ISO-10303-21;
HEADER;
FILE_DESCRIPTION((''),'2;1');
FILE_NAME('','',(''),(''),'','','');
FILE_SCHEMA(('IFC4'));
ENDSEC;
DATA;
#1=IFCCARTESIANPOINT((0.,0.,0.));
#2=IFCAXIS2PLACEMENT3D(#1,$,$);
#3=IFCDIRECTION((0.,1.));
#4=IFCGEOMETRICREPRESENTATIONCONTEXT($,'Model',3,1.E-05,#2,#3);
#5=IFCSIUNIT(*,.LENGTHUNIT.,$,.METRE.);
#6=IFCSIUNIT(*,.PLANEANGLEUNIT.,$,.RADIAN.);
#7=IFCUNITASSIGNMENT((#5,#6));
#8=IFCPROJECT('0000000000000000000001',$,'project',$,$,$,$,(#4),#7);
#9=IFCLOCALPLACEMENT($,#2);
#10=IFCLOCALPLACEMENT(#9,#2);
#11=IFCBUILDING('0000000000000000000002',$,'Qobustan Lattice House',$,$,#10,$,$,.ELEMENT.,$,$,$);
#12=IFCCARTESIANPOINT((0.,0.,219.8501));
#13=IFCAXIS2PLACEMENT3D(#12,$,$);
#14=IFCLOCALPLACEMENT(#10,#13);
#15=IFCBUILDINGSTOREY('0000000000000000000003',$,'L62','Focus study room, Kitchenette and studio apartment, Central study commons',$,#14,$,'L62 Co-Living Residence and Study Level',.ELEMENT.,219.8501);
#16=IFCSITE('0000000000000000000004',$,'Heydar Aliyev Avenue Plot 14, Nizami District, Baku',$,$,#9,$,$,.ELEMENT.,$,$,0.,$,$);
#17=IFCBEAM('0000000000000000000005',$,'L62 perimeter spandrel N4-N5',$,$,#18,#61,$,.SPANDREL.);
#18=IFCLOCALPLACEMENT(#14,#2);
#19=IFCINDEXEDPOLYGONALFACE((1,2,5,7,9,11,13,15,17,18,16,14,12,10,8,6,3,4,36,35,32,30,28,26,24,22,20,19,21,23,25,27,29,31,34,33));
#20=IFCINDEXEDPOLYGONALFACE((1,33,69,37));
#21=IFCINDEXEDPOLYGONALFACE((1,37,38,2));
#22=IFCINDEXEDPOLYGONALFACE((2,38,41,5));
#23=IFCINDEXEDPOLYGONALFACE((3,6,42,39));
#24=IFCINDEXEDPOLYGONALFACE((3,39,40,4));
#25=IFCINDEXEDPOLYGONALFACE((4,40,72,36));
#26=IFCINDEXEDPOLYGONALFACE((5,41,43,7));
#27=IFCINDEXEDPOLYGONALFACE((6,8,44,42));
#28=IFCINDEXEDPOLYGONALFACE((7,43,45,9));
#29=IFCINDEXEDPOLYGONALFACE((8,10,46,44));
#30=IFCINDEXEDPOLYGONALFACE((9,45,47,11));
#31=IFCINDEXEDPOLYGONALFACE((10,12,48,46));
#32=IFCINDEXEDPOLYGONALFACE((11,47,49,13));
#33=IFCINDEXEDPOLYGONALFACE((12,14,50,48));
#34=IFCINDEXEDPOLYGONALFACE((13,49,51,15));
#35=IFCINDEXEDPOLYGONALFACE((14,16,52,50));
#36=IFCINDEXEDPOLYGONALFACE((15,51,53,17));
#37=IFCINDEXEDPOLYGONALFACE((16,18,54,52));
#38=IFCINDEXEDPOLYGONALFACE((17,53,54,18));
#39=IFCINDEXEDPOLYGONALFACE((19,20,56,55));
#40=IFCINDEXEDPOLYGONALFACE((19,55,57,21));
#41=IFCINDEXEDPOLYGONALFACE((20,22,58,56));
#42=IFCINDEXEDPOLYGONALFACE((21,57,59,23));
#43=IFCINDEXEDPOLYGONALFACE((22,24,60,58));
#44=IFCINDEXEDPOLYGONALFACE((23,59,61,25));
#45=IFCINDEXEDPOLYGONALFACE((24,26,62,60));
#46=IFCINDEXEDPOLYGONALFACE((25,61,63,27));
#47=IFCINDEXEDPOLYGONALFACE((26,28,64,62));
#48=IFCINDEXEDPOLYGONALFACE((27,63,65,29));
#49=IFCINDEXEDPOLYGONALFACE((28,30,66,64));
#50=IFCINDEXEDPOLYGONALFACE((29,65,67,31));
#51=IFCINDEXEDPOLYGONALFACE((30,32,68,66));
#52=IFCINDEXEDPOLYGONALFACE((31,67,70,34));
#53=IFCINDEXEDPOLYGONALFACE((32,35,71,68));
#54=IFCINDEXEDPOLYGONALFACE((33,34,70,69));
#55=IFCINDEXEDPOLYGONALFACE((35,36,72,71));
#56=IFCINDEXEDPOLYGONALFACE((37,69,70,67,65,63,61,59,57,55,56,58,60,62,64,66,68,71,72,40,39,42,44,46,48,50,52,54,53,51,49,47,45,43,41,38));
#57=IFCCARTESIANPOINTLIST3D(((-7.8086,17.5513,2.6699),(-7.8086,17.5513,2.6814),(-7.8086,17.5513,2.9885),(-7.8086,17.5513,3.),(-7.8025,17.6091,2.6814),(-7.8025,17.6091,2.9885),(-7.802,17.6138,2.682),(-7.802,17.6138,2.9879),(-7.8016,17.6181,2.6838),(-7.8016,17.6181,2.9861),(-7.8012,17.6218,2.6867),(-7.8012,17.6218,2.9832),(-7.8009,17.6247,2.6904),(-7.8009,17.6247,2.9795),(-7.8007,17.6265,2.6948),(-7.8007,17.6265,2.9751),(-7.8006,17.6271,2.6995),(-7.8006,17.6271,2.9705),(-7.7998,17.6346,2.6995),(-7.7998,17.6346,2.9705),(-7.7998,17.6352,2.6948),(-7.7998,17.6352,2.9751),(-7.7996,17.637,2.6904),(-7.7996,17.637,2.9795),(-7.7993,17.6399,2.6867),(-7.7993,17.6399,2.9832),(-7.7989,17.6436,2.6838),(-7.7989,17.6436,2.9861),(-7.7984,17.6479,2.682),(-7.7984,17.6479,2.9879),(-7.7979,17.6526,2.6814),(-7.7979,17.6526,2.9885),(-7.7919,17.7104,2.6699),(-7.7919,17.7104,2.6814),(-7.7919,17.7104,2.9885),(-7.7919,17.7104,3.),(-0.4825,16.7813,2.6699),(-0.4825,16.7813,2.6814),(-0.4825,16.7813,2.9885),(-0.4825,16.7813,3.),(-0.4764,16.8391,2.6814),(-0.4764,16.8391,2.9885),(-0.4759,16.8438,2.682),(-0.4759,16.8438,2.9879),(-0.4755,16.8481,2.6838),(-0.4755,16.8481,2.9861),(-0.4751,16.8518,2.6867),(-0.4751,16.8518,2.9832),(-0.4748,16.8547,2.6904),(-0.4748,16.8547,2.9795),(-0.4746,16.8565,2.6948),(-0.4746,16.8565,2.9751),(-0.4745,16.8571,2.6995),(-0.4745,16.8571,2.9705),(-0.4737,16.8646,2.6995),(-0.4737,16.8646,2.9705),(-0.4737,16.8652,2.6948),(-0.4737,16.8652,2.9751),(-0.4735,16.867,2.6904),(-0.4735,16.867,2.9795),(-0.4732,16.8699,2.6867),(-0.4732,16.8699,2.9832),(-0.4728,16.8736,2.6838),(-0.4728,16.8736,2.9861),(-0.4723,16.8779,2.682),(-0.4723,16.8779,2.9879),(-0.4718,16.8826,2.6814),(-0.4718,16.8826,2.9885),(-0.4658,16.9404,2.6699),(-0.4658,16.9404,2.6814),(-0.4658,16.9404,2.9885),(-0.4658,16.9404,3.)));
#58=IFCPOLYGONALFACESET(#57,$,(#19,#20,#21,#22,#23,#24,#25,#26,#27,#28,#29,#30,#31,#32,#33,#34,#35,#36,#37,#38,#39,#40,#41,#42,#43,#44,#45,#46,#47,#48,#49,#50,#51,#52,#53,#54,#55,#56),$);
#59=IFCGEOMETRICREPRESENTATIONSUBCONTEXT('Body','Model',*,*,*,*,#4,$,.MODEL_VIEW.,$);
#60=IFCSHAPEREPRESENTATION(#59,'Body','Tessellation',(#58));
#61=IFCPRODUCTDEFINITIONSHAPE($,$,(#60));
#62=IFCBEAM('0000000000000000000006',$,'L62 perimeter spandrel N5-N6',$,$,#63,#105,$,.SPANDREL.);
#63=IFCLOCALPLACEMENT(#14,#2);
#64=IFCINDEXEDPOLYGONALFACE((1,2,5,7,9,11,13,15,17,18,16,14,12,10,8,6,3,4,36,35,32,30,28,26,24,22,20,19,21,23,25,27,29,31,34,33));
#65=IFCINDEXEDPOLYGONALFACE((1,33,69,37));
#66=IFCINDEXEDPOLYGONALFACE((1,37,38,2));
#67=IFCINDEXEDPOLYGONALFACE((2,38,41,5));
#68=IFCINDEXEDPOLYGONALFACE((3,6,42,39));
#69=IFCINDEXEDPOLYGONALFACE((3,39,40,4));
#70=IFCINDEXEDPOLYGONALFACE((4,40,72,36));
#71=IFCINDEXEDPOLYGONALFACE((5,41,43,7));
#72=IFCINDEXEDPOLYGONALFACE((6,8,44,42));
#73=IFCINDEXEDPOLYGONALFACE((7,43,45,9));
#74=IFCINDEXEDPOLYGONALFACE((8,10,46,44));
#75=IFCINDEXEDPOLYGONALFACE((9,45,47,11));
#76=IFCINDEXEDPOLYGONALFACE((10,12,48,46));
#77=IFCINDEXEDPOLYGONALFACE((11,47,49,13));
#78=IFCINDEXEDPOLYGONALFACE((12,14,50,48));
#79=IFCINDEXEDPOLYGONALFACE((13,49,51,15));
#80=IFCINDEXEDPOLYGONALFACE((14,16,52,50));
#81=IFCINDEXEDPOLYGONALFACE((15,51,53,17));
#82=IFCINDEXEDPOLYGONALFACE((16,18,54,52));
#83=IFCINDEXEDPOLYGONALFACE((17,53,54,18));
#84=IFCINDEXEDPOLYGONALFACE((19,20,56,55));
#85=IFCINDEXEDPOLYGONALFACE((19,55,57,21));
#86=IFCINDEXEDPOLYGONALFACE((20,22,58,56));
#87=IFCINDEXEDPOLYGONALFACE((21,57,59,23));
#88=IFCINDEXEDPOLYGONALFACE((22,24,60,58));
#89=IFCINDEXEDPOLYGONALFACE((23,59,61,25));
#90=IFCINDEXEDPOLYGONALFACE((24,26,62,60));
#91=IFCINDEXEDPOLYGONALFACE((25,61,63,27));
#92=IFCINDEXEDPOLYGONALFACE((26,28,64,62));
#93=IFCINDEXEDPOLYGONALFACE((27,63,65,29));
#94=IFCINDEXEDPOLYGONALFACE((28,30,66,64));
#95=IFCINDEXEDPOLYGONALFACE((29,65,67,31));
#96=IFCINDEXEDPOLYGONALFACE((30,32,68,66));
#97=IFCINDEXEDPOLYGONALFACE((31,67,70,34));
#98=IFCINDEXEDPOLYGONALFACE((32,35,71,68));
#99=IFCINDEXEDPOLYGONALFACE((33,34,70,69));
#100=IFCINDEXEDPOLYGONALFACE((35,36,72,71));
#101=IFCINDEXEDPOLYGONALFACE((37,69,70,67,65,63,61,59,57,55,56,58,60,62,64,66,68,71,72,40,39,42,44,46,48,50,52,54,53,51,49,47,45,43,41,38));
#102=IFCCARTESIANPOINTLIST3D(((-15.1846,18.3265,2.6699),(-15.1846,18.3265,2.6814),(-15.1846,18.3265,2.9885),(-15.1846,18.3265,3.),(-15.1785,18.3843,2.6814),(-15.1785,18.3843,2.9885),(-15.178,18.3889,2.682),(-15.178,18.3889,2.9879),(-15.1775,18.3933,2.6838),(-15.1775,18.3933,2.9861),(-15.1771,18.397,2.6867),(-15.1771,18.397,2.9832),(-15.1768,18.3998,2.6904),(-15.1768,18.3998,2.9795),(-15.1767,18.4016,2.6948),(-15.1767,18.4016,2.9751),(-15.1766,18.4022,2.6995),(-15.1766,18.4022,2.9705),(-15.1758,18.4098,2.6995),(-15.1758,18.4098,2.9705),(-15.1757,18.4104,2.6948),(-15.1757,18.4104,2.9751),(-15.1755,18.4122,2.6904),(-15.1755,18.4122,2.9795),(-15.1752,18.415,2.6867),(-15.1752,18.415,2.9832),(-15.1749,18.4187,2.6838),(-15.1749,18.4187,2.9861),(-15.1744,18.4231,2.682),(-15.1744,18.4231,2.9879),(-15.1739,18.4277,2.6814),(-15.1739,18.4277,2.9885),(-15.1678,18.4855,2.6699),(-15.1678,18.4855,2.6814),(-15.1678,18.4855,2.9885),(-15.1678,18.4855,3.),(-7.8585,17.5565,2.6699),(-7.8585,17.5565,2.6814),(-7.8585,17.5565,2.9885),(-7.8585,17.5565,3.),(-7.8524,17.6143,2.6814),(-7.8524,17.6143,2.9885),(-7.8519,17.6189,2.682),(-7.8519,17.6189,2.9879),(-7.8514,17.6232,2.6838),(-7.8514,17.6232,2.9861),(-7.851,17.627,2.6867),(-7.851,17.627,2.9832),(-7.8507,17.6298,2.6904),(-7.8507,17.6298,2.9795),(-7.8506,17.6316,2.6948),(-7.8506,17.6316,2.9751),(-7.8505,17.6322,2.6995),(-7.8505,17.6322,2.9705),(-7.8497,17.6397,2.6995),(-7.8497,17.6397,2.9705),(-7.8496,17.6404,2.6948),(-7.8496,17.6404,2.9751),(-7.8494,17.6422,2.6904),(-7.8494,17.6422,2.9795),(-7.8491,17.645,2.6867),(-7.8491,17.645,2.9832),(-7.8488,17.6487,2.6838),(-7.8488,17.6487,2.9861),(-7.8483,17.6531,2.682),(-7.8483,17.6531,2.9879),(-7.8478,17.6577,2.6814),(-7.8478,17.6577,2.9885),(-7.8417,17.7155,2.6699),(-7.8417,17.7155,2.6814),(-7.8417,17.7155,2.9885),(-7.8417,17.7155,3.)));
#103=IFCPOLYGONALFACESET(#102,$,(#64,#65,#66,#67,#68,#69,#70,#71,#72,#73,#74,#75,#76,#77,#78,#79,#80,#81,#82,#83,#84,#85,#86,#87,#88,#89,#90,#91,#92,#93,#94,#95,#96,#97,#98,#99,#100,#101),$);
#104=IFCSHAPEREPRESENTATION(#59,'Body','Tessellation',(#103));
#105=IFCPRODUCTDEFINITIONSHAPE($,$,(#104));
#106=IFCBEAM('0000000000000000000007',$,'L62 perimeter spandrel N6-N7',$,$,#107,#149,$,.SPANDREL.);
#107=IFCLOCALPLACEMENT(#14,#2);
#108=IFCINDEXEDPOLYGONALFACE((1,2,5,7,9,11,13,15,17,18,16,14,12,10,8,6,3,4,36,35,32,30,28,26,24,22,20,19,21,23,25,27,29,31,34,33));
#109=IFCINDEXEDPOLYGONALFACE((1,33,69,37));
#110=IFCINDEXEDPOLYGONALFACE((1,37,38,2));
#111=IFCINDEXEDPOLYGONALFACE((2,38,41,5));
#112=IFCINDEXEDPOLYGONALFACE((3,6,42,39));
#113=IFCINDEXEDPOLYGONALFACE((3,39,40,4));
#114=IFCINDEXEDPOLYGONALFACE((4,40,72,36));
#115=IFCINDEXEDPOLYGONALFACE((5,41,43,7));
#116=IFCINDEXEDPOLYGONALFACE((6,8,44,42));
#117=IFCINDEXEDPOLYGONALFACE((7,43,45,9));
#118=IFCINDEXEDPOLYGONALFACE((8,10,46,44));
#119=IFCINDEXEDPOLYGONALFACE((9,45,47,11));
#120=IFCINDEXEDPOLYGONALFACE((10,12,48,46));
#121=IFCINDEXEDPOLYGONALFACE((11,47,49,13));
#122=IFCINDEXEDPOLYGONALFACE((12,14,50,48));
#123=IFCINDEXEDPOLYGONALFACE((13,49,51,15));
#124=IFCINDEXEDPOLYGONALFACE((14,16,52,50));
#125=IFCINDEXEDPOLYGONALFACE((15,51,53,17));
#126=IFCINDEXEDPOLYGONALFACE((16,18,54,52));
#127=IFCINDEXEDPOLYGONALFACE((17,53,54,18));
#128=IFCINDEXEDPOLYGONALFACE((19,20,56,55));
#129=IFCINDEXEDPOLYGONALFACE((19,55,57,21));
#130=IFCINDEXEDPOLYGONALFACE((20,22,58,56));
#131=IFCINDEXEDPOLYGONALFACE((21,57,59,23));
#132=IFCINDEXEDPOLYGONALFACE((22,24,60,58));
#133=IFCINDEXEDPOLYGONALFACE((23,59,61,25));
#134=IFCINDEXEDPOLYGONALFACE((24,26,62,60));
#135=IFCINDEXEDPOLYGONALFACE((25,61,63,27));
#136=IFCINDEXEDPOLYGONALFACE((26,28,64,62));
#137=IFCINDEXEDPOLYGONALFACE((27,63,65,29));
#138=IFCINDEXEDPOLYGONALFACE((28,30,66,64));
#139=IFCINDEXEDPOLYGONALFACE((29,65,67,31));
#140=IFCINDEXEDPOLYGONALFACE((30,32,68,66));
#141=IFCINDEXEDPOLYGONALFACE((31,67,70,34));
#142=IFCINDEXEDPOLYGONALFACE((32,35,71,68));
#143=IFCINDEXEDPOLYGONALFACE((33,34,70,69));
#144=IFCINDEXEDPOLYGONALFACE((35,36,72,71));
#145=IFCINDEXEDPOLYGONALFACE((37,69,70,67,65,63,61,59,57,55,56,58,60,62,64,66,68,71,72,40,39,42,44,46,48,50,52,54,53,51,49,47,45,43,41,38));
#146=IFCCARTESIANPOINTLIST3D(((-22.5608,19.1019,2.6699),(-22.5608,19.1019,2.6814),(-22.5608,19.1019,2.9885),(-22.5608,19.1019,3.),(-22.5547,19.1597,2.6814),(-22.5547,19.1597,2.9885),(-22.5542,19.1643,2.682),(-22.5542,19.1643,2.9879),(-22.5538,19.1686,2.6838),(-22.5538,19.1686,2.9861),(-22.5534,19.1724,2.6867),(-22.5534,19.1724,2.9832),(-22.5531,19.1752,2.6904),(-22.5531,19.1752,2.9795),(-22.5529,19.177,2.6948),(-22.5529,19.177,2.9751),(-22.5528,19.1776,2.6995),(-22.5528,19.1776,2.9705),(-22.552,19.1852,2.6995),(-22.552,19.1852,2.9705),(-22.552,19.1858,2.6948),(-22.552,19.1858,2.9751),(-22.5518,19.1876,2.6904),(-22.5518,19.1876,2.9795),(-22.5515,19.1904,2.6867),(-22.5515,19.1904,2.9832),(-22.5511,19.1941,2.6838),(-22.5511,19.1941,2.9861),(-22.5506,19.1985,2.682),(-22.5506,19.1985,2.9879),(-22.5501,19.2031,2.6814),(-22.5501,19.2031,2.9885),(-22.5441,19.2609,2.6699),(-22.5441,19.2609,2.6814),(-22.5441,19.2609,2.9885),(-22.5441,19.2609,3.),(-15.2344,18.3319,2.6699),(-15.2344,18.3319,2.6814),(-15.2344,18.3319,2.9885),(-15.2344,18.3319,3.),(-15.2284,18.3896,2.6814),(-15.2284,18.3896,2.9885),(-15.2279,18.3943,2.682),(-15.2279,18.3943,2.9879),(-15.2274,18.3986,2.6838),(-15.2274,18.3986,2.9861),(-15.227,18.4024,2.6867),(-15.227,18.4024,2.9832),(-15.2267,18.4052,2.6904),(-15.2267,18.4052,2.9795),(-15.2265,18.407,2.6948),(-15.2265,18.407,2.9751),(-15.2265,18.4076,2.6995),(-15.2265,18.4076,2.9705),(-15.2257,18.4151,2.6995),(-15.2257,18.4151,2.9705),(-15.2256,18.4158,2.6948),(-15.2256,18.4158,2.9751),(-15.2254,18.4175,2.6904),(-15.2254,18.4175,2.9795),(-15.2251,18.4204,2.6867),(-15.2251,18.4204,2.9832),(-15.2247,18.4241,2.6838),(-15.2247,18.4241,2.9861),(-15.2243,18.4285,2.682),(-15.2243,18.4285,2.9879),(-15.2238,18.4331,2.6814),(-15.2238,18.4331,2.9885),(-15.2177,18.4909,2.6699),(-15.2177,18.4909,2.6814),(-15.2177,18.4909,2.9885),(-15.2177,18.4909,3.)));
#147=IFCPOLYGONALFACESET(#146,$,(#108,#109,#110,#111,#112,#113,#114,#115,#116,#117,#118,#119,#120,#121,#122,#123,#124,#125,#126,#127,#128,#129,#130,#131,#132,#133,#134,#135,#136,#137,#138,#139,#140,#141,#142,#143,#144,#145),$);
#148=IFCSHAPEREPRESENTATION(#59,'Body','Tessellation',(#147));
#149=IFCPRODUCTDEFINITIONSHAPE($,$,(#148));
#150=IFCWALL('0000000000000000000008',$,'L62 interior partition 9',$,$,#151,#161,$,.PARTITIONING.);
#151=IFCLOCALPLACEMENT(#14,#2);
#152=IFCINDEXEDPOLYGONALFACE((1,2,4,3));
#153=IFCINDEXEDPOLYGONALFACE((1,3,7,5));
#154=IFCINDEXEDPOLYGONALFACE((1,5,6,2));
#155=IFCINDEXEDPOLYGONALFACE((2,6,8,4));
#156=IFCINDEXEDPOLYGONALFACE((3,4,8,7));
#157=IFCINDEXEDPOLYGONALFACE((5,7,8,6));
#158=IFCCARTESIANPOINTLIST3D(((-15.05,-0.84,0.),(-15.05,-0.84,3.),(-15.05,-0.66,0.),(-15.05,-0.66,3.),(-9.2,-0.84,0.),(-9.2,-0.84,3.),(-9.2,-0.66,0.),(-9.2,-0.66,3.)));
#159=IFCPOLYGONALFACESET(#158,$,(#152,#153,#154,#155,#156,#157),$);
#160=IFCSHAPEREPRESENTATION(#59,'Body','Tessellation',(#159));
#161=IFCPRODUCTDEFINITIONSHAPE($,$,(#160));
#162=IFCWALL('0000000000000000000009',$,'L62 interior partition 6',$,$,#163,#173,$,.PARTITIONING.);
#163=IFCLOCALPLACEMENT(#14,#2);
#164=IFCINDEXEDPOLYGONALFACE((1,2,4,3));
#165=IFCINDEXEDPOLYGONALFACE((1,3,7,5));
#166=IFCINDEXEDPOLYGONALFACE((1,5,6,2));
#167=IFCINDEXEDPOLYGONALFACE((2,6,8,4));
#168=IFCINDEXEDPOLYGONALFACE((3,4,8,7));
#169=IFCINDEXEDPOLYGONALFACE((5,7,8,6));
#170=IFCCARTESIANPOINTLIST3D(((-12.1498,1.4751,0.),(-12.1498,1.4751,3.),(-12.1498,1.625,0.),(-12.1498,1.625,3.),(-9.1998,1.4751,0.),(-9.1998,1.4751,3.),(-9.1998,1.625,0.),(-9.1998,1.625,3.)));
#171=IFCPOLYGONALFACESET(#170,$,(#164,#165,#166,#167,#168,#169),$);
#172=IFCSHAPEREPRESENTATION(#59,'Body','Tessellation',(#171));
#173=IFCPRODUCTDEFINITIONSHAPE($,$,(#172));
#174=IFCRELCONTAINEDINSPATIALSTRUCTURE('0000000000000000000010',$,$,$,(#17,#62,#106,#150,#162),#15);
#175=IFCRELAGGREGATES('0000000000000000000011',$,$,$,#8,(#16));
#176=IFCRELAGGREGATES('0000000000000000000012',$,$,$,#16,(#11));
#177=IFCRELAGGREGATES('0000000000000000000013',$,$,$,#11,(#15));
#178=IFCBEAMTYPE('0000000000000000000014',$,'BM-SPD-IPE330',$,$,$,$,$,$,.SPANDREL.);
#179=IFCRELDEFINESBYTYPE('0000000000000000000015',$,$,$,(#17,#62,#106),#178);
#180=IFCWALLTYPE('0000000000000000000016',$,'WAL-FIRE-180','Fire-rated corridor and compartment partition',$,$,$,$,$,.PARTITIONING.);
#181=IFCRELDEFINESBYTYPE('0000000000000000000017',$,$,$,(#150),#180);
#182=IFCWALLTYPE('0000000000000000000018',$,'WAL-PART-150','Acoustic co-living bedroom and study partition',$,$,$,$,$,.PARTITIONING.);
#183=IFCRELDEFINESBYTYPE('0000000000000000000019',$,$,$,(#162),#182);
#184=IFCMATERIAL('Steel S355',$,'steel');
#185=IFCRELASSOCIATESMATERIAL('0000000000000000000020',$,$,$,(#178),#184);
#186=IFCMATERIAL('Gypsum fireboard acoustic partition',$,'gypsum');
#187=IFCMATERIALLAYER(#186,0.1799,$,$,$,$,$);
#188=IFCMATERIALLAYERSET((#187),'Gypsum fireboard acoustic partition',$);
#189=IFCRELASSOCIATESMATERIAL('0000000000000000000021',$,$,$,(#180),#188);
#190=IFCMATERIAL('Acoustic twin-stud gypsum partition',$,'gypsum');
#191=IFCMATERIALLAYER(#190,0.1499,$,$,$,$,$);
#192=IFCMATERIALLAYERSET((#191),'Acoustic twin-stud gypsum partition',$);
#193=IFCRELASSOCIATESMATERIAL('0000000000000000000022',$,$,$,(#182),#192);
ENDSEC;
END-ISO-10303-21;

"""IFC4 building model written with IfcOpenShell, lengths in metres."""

from ifc_helpers import new_model, si_unit, direction, frame, frame_2d, origin, origin_2d, place, context, subcontext, project, spatial, rectangle, i_section, extrude, material, layer, layer_set, material_profile, profile_set, type_object, element, save


model = new_model("IFC4")

# Units and contexts
model_context = context("Model", 3, precision=1e-05, world=origin(), true_north=direction((0.0, 1.0)))
body_context = subcontext(model_context, "Body", "Model", "MODEL_VIEW")
ifc_project = project(units=[si_unit("LENGTHUNIT", "METRE"), si_unit("PLANEANGLEUNIT", "RADIAN")], contexts=[model_context])

# Site, building, storey
site_placement = place(None, origin())
site = spatial("IfcSite", under=ifc_project, at=site_placement, Name="Heydar Aliyev Avenue Plot 14, Nizami District, Baku", CompositionType="ELEMENT", RefElevation=0.0)
building_placement = place(site_placement, origin())
building = spatial("IfcBuilding", under=site, at=building_placement, Name="Qobustan Lattice House", CompositionType="ELEMENT")
storey_placement = place(building_placement, frame((0.0, 0.0, 219.8501)))
storey = spatial("IfcBuildingStorey", under=building, at=storey_placement, Name="L62", Description="Focus study room, Kitchenette and studio apartment, Central study commons", LongName="L62 Co-Living Residence and Study Level", CompositionType="ELEMENT", Elevation=219.8501)

# Beams
ifc_material_1 = material(Name="Steel S355", Category="steel")
ifc_material_profile_1 = material_profile(ifc_material_1, i_section(OverallWidth=0.1599, OverallDepth=0.3301, WebThickness=0.0076, FlangeThickness=0.0115, FilletRadius=0.0181, at=origin_2d()), Name="IPE330")
ifc_profile_set_1 = profile_set([ifc_material_profile_1], Name="Steel S355")
beam_type_1 = type_object("IfcBeamType", Name="BM-SPD-IPE330", PredefinedType="SPANDREL", material=ifc_profile_set_1)
for number, where, z_axis, x_axis, name in (
    (1, (-0.4741, 16.8608, 2.835), (-0.994522, 0.10453, 0.0), (-0.10453, -0.994522, 0.0), "L62 perimeter spandrel N4-N5"),
    (2, (-7.8501, 17.636, 2.835), (-0.994522, 0.10453, 0.0), (-0.10453, -0.994522, 0.0), "L62 perimeter spandrel N5-N6"),
):
    element("IfcBeam", number, at=place(storey_placement, frame(where, z_axis=z_axis, x_axis=x_axis)), inside=storey, type_object=beam_type_1, Name=name, PredefinedType="SPANDREL", context=body_context, shape_type="SweptSolid", body=[
        extrude(i_section(OverallWidth=0.1599, OverallDepth=0.3301, WebThickness=0.0076, FlangeThickness=0.0115, FilletRadius=0.0181, at=origin_2d()), origin(), (0.0, 0.0, 1.0), 7.3665),
    ])
beam_1_placement = place(storey_placement, frame((-15.2261, 18.4114, 2.835), z_axis=(-0.994522, 0.104526, 0.0), x_axis=(-0.104526, -0.994522, 0.0)))
element("IfcBeam", 3, at=beam_1_placement, inside=storey, type_object=beam_type_1, Name="L62 perimeter spandrel N6-N7", PredefinedType="SPANDREL", context=body_context, shape_type="SweptSolid", body=[
    extrude(i_section(OverallWidth=0.1599, OverallDepth=0.3301, WebThickness=0.0076, FlangeThickness=0.0115, FilletRadius=0.0181, at=origin_2d()), origin(), (0.0, 0.0, 1.0), 7.3667),
])

# Walls
ifc_material_2 = material(Name="Gypsum fireboard acoustic partition", Category="gypsum")
ifc_layer_1 = layer(ifc_material_2, 0.1799)
ifc_layer_set_1 = layer_set([ifc_layer_1], Name="Gypsum fireboard acoustic partition")
wall_type_1 = type_object("IfcWallType", Name="WAL-FIRE-180", Description="Fire-rated corridor and compartment partition", PredefinedType="PARTITIONING", material=ifc_layer_set_1)
wall_1_placement = place(storey_placement, frame((-9.2, -0.75, 0.0), z_axis=(0.0, 0.0, 1.0), x_axis=(-1.0, 0.0, 0.0)))
element("IfcWall", 4, at=wall_1_placement, inside=storey, type_object=wall_type_1, Name="L62 interior partition 9", PredefinedType="PARTITIONING", context=body_context, shape_type="SweptSolid", body=[
    extrude(rectangle(XDim=5.8501, YDim=0.1799, at=frame_2d((2.925, 0.0))), origin(), (0.0, 0.0, 1.0), 3.0),
])
ifc_material_3 = material(Name="Acoustic twin-stud gypsum partition", Category="gypsum")
ifc_layer_2 = layer(ifc_material_3, 0.1499)
ifc_layer_set_2 = layer_set([ifc_layer_2], Name="Acoustic twin-stud gypsum partition")
wall_type_2 = type_object("IfcWallType", Name="WAL-PART-150", Description="Acoustic co-living bedroom and study partition", PredefinedType="PARTITIONING", material=ifc_layer_set_2)
wall_2_placement = place(storey_placement, frame((-12.1499, 1.55, 0.0), z_axis=(0.0, 0.0, 1.0), x_axis=(1.0, 0.0, 0.0)))
element("IfcWall", 5, at=wall_2_placement, inside=storey, type_object=wall_type_2, Name="L62 interior partition 6", PredefinedType="PARTITIONING", context=body_context, shape_type="SweptSolid", body=[
    extrude(rectangle(XDim=2.95, YDim=0.1499, at=frame_2d((1.4751, 0.0))), origin(), (0.0, 0.0, 1.0), 3.0),
])

save(model, "model.ifc")
